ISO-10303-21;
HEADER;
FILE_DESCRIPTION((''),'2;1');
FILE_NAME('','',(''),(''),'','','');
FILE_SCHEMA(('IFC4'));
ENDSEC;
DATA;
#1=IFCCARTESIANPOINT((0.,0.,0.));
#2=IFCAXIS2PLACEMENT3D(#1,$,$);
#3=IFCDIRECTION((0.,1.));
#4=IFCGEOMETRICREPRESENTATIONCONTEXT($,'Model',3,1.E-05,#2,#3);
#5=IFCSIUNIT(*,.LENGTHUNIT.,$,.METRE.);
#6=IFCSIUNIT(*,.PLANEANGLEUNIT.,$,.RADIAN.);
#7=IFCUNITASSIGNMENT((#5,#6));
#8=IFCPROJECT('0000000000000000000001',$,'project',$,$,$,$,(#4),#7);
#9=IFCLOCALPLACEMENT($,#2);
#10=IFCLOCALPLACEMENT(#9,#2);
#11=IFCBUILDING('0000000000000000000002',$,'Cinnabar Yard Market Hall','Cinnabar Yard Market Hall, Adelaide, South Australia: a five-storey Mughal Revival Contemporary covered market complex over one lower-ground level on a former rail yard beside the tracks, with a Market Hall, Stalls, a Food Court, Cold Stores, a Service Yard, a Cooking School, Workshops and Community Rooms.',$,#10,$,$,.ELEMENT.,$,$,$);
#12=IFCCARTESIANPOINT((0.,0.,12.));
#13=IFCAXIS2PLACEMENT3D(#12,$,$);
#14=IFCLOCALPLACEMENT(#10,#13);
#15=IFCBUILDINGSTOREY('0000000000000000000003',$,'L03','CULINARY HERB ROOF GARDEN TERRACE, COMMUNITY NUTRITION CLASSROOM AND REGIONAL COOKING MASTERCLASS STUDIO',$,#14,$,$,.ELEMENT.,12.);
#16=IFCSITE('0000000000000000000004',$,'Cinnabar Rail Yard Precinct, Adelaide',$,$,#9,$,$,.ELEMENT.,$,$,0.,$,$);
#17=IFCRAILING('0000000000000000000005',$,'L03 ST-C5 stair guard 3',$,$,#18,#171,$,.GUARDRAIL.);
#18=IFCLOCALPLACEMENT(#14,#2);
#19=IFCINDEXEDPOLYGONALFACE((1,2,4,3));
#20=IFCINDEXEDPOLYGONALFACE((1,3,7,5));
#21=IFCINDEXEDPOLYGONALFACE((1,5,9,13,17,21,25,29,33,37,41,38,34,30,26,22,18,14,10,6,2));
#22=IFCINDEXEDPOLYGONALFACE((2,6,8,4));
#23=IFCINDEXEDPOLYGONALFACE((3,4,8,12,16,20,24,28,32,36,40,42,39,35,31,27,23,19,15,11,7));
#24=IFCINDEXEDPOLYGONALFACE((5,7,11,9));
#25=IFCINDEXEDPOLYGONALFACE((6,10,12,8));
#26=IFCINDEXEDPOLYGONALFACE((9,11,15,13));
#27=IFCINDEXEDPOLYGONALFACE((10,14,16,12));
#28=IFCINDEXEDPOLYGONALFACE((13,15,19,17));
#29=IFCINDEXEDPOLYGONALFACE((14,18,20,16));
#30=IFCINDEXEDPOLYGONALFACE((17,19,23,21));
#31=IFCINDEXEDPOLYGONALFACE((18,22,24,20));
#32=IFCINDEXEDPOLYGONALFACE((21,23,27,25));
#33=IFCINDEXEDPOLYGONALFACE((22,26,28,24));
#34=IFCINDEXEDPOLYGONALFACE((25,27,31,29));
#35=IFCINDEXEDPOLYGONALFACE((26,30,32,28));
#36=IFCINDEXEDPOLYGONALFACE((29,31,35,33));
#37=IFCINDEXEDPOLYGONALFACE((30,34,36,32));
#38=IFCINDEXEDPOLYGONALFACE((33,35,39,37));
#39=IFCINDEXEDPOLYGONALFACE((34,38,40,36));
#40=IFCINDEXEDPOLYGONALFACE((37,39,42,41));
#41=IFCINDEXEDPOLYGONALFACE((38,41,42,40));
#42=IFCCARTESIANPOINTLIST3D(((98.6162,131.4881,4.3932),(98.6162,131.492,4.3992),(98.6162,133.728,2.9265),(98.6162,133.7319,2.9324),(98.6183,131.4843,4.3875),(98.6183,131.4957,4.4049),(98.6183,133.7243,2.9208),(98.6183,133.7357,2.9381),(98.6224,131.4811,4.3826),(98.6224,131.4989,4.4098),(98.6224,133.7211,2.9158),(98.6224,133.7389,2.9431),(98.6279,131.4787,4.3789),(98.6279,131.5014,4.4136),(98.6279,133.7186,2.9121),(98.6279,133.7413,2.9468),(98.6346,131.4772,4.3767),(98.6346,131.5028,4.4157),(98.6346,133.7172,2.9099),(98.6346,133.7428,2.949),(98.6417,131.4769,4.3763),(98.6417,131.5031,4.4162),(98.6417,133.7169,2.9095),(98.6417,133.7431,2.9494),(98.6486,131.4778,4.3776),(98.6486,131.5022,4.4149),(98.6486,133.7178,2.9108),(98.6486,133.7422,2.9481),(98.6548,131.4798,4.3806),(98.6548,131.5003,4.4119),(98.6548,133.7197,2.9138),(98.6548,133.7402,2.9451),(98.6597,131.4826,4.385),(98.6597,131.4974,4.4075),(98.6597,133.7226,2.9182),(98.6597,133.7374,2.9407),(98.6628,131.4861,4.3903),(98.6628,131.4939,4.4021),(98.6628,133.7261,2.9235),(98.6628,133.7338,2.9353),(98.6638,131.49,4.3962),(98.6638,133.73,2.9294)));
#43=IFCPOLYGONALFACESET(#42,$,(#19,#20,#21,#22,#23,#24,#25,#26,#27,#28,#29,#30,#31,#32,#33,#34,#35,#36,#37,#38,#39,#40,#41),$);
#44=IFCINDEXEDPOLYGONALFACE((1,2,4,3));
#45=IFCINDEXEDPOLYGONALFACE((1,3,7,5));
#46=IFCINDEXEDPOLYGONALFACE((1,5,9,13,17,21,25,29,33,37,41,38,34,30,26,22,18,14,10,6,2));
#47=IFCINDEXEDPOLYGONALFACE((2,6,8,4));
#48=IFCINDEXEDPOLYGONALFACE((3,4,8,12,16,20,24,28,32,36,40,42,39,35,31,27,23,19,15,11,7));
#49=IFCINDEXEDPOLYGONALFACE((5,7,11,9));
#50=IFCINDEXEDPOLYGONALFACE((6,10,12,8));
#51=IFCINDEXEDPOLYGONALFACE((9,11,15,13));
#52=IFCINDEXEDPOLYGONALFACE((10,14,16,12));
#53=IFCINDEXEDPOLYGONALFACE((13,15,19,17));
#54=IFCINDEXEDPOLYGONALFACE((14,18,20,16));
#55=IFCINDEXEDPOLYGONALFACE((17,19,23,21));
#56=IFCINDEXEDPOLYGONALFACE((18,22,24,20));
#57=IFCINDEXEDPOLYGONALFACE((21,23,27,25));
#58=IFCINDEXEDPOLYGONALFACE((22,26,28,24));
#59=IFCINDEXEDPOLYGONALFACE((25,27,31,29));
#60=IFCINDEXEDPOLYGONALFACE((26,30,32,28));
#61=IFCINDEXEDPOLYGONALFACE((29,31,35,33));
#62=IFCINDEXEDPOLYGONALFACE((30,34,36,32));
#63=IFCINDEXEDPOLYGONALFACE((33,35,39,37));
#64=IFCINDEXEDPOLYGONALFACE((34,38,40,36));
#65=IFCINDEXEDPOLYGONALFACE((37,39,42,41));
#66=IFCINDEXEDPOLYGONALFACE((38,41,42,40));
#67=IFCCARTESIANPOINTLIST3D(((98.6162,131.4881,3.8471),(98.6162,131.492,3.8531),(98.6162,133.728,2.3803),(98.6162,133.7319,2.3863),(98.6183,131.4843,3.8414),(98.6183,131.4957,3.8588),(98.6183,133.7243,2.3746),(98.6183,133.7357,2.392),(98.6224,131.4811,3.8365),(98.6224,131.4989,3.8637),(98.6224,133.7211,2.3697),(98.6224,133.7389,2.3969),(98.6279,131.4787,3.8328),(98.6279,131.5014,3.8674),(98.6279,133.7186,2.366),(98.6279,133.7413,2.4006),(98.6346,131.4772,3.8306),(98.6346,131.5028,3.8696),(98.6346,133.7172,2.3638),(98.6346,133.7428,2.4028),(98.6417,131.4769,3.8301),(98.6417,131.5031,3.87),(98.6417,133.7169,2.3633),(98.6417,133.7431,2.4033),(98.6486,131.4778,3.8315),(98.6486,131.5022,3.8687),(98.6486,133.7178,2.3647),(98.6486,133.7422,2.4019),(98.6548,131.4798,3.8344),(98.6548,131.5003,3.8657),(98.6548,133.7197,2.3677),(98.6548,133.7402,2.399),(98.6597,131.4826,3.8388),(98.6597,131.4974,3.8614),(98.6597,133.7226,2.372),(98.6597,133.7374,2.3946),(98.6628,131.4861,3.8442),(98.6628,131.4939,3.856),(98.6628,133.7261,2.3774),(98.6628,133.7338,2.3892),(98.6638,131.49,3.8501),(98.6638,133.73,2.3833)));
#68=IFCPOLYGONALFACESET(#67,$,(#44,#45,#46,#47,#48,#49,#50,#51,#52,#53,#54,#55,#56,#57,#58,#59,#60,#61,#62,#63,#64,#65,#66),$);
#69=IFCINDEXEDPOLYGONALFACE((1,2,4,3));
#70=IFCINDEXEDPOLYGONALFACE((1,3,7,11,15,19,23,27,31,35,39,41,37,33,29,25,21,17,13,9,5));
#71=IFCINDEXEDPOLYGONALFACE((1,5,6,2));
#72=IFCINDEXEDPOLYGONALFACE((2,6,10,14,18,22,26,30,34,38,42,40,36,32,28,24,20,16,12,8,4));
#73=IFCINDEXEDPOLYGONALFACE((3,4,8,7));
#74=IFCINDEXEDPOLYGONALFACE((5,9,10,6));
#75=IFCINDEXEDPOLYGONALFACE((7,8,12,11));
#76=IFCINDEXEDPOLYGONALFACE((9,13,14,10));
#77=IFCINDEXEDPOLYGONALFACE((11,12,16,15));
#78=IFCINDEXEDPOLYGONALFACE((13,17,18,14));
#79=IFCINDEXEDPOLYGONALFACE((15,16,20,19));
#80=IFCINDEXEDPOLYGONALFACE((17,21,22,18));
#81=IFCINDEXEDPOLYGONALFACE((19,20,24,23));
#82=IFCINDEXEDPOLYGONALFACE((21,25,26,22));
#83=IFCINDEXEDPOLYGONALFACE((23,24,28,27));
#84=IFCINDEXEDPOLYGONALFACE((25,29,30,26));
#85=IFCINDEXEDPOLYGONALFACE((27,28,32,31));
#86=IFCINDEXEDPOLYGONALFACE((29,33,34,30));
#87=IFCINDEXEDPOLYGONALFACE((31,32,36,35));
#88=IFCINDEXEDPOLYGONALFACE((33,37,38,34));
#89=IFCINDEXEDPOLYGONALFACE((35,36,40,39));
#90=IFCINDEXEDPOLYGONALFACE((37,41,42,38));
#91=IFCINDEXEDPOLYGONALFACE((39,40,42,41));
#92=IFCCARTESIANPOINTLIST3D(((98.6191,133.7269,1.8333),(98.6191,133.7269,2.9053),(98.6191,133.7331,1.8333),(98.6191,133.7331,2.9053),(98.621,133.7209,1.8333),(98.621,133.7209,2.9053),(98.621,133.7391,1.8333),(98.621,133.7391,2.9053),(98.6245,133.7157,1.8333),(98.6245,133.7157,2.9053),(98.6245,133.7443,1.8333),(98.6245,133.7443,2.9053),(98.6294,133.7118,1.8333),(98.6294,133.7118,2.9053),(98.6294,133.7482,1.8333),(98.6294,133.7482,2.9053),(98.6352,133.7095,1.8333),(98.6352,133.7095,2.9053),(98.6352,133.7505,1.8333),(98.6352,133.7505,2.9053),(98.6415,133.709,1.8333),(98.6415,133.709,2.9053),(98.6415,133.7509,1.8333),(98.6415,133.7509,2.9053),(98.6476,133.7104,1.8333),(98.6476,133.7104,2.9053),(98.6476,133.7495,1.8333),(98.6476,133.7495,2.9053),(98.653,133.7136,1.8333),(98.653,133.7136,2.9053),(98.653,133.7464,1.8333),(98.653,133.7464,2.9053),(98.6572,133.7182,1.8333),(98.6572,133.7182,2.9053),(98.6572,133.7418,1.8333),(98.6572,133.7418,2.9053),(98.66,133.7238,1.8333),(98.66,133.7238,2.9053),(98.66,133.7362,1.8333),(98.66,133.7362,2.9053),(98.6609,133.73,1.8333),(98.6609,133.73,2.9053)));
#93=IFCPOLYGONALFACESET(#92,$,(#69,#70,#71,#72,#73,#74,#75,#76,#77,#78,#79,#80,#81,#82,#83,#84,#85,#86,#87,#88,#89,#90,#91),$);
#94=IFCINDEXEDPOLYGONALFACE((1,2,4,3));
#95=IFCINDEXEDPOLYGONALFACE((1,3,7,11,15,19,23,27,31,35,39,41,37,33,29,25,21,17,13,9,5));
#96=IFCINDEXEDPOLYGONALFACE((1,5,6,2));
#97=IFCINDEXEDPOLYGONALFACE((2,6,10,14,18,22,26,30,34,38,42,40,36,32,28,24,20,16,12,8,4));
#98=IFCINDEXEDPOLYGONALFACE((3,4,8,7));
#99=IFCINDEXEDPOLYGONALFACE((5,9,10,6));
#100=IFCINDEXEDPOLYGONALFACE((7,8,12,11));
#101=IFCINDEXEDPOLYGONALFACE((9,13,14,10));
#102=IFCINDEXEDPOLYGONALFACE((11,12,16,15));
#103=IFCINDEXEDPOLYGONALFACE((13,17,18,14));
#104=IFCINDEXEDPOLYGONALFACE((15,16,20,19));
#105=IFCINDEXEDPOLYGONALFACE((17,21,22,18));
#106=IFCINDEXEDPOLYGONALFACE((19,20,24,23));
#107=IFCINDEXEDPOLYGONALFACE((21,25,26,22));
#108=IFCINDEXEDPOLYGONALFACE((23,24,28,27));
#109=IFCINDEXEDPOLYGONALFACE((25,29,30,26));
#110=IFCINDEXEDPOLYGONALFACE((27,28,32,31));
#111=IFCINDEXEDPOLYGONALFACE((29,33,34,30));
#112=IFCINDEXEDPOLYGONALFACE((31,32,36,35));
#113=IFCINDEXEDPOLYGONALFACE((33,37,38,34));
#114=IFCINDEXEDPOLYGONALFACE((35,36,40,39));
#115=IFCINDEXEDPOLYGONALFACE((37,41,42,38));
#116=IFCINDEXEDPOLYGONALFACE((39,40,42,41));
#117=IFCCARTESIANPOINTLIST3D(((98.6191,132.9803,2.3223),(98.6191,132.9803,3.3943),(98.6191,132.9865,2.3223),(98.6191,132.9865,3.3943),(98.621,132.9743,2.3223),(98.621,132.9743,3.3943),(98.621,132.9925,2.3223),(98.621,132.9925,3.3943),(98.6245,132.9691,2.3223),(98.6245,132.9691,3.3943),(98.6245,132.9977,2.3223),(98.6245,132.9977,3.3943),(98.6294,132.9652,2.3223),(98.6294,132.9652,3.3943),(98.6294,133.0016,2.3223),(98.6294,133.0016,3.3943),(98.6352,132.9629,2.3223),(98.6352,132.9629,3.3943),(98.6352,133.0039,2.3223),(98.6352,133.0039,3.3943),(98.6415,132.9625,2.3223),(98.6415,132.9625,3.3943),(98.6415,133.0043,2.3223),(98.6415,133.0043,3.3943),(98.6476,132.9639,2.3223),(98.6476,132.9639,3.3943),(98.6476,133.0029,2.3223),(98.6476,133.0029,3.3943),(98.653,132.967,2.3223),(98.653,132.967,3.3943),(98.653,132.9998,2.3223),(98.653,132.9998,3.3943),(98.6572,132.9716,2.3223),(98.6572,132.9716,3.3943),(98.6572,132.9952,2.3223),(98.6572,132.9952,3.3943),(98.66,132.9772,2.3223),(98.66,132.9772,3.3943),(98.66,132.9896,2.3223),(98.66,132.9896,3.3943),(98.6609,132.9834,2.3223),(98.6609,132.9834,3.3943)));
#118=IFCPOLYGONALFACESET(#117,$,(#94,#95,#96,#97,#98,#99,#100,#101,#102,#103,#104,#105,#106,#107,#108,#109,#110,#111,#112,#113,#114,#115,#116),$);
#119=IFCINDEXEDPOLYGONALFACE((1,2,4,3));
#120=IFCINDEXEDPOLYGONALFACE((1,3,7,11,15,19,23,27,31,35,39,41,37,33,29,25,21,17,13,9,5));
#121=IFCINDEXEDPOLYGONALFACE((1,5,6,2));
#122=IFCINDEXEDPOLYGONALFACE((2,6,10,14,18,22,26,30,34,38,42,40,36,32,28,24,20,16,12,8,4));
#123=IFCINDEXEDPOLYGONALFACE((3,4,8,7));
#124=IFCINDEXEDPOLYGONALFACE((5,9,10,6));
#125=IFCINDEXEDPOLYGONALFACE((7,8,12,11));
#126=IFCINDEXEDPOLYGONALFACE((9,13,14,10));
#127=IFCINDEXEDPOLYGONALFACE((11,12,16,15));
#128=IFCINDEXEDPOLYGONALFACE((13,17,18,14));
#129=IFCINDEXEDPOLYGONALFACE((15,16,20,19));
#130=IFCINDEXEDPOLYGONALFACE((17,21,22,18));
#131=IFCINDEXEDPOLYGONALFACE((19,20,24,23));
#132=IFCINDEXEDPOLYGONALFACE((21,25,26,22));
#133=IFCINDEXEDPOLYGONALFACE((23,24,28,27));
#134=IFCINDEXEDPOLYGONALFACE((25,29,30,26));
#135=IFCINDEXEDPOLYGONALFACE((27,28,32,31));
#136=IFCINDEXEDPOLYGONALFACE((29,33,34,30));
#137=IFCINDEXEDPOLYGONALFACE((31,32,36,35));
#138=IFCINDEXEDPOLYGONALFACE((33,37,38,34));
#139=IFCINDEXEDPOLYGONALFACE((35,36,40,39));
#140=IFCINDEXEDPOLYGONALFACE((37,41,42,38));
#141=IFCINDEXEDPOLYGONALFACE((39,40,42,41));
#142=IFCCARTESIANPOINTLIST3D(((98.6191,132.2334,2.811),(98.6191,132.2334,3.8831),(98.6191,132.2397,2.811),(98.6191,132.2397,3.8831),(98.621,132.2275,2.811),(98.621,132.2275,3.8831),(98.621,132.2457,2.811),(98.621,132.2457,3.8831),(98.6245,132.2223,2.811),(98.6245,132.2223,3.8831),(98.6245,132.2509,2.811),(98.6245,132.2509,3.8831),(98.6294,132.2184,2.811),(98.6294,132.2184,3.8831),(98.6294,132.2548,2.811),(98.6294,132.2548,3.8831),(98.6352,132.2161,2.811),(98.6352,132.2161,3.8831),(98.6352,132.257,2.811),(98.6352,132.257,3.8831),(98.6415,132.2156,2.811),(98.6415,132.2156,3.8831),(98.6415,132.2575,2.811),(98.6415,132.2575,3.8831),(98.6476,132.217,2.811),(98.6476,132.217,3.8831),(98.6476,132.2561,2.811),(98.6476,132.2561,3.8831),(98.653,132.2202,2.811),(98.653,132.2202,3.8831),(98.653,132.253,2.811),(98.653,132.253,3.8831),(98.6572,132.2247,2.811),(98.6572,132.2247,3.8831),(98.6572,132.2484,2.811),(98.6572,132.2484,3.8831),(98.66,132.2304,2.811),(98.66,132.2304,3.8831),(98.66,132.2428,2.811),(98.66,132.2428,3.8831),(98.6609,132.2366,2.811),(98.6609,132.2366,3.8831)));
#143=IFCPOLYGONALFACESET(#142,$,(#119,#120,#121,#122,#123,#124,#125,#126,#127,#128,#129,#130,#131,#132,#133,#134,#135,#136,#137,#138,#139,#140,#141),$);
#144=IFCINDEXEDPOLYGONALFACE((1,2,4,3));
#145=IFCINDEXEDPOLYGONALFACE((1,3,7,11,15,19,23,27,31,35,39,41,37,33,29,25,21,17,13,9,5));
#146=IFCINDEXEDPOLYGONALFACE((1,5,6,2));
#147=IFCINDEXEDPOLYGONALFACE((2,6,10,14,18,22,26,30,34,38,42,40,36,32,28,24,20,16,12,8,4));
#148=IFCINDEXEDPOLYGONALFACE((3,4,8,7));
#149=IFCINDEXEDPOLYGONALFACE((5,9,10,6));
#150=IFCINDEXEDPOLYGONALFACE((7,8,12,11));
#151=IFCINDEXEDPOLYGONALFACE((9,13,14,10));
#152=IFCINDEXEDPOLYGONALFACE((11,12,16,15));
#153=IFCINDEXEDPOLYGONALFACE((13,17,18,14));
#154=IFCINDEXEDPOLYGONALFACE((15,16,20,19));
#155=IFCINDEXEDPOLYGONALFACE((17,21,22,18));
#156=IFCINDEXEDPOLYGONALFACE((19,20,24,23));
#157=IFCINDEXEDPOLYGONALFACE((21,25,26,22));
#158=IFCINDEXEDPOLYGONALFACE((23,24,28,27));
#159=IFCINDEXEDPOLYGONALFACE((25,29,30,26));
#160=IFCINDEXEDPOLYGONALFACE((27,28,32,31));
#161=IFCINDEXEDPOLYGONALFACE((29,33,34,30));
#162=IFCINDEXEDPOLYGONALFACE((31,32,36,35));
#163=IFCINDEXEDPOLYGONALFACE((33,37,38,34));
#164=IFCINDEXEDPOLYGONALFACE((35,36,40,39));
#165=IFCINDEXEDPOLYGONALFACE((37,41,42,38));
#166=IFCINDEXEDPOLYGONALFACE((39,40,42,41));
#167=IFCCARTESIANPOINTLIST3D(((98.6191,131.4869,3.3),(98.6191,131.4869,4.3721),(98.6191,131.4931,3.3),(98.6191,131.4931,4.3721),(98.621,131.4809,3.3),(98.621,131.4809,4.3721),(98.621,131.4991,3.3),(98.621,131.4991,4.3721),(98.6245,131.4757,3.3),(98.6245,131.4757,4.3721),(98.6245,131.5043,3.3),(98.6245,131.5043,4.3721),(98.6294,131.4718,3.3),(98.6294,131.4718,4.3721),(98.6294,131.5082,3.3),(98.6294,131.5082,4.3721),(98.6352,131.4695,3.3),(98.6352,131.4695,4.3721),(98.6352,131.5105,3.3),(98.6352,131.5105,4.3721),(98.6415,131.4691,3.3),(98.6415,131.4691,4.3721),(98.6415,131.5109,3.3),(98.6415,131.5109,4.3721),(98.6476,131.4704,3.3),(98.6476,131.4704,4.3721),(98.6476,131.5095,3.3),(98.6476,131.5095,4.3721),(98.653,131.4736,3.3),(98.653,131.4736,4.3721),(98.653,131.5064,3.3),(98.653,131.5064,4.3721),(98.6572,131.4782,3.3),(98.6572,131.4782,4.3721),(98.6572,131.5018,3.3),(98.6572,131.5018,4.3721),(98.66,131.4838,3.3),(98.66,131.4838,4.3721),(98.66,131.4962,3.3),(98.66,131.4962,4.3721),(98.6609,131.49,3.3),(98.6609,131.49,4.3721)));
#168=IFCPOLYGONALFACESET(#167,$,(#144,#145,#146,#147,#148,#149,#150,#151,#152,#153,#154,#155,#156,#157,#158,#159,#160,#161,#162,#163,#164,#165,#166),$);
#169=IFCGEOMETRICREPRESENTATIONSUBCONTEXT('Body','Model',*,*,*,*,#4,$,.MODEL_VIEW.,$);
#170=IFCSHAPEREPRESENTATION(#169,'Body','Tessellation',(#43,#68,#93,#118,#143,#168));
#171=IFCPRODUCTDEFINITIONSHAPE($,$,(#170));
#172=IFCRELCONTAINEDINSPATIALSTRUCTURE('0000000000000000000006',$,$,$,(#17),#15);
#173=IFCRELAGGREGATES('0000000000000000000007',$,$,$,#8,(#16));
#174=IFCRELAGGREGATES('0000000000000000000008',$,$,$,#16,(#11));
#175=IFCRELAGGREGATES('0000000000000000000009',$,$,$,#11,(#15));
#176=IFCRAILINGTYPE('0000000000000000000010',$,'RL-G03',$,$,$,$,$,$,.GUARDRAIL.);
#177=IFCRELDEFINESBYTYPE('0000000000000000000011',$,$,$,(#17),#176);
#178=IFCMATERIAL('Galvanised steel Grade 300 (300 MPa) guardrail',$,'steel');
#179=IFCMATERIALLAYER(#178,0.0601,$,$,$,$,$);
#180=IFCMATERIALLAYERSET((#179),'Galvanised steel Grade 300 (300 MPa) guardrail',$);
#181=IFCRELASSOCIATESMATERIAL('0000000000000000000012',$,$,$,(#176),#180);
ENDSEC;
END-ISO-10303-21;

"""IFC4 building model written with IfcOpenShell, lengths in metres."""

from ifc_helpers import new_model, si_unit, direction, frame, origin, origin_2d_with_axis, place, context, subcontext, project, spatial, circle, extrude, material, layer, layer_set, type_object, element, save


model = new_model("IFC4")

# Units and contexts
model_context = context("Model", 3, precision=1e-05, world=origin(), true_north=direction((0.0, 1.0)))
body_context = subcontext(model_context, "Body", "Model", "MODEL_VIEW")
ifc_project = project(units=[si_unit("LENGTHUNIT", "METRE"), si_unit("PLANEANGLEUNIT", "RADIAN")], contexts=[model_context])

# Site, building, storey
site_placement = place(None, origin())
site = spatial("IfcSite", under=ifc_project, at=site_placement, Name="Cinnabar Rail Yard Precinct, Adelaide", CompositionType="ELEMENT", RefElevation=0.0)
building_placement = place(site_placement, origin())
building = spatial("IfcBuilding", under=site, at=building_placement, Name="Cinnabar Yard Market Hall", Description="Cinnabar Yard Market Hall, Adelaide, South Australia: a five-storey Mughal Revival Contemporary covered market complex over one lower-ground level on a former rail yard beside the tracks, with a Market Hall, Stalls, a Food Court, Cold Stores, a Service Yard, a Cooking School, Workshops and Community Rooms.", CompositionType="ELEMENT")
storey_placement = place(building_placement, frame((0.0, 0.0, 12.0)))
storey = spatial("IfcBuildingStorey", under=building, at=storey_placement, Name="L03", Description="CULINARY HERB ROOF GARDEN TERRACE, COMMUNITY NUTRITION CLASSROOM AND REGIONAL COOKING MASTERCLASS STUDIO", CompositionType="ELEMENT", Elevation=12.0)

# Railing
ifc_material_1 = material(Name="Galvanised steel Grade 300 (300 MPa) guardrail", Category="steel")
ifc_layer_1 = layer(ifc_material_1, 0.0601)
ifc_layer_set_1 = layer_set([ifc_layer_1], Name="Galvanised steel Grade 300 (300 MPa) guardrail")
railing_type_1 = type_object("IfcRailingType", Name="RL-G03", PredefinedType="GUARDRAIL", material=ifc_layer_set_1)
railing_1_placement = place(storey_placement, frame((98.6399, 133.73, 1.8333)))
element("IfcRailing", 1, at=railing_1_placement, inside=storey, type_object=railing_type_1, Name="L03 ST-C5 stair guard 3", PredefinedType="GUARDRAIL", context=body_context, shape_type="SweptSolid", body=[
    extrude(circle(Radius=0.0239, at=origin_2d_with_axis()), frame((0.0, 0.0, 1.0962), z_axis=(0.0, -0.836595, 0.547822), x_axis=(1.0, 0.0, 0.0)), (0.0, 0.0, 1.0), 2.6775),
    extrude(circle(Radius=0.0239, at=origin_2d_with_axis()), frame((0.0, 0.0, 0.55), z_axis=(0.0, -0.836595, 0.547822), x_axis=(1.0, 0.0, 0.0)), (0.0, 0.0, 1.0), 2.6775),
    extrude(circle(Radius=0.021, at=origin_2d_with_axis()), origin(), (0.0, 0.0, 1.0), 1.072),
    extrude(circle(Radius=0.021, at=origin_2d_with_axis()), frame((0.0, -0.7466, 0.489)), (0.0, 0.0, 1.0), 1.072),
    extrude(circle(Radius=0.021, at=origin_2d_with_axis()), frame((0.0, -1.4934, 0.9778)), (0.0, 0.0, 1.0), 1.072),
    extrude(circle(Radius=0.021, at=origin_2d_with_axis()), frame((0.0, -2.24, 1.4668)), (0.0, 0.0, 1.0), 1.072),
])

save(model, "model.ifc")
